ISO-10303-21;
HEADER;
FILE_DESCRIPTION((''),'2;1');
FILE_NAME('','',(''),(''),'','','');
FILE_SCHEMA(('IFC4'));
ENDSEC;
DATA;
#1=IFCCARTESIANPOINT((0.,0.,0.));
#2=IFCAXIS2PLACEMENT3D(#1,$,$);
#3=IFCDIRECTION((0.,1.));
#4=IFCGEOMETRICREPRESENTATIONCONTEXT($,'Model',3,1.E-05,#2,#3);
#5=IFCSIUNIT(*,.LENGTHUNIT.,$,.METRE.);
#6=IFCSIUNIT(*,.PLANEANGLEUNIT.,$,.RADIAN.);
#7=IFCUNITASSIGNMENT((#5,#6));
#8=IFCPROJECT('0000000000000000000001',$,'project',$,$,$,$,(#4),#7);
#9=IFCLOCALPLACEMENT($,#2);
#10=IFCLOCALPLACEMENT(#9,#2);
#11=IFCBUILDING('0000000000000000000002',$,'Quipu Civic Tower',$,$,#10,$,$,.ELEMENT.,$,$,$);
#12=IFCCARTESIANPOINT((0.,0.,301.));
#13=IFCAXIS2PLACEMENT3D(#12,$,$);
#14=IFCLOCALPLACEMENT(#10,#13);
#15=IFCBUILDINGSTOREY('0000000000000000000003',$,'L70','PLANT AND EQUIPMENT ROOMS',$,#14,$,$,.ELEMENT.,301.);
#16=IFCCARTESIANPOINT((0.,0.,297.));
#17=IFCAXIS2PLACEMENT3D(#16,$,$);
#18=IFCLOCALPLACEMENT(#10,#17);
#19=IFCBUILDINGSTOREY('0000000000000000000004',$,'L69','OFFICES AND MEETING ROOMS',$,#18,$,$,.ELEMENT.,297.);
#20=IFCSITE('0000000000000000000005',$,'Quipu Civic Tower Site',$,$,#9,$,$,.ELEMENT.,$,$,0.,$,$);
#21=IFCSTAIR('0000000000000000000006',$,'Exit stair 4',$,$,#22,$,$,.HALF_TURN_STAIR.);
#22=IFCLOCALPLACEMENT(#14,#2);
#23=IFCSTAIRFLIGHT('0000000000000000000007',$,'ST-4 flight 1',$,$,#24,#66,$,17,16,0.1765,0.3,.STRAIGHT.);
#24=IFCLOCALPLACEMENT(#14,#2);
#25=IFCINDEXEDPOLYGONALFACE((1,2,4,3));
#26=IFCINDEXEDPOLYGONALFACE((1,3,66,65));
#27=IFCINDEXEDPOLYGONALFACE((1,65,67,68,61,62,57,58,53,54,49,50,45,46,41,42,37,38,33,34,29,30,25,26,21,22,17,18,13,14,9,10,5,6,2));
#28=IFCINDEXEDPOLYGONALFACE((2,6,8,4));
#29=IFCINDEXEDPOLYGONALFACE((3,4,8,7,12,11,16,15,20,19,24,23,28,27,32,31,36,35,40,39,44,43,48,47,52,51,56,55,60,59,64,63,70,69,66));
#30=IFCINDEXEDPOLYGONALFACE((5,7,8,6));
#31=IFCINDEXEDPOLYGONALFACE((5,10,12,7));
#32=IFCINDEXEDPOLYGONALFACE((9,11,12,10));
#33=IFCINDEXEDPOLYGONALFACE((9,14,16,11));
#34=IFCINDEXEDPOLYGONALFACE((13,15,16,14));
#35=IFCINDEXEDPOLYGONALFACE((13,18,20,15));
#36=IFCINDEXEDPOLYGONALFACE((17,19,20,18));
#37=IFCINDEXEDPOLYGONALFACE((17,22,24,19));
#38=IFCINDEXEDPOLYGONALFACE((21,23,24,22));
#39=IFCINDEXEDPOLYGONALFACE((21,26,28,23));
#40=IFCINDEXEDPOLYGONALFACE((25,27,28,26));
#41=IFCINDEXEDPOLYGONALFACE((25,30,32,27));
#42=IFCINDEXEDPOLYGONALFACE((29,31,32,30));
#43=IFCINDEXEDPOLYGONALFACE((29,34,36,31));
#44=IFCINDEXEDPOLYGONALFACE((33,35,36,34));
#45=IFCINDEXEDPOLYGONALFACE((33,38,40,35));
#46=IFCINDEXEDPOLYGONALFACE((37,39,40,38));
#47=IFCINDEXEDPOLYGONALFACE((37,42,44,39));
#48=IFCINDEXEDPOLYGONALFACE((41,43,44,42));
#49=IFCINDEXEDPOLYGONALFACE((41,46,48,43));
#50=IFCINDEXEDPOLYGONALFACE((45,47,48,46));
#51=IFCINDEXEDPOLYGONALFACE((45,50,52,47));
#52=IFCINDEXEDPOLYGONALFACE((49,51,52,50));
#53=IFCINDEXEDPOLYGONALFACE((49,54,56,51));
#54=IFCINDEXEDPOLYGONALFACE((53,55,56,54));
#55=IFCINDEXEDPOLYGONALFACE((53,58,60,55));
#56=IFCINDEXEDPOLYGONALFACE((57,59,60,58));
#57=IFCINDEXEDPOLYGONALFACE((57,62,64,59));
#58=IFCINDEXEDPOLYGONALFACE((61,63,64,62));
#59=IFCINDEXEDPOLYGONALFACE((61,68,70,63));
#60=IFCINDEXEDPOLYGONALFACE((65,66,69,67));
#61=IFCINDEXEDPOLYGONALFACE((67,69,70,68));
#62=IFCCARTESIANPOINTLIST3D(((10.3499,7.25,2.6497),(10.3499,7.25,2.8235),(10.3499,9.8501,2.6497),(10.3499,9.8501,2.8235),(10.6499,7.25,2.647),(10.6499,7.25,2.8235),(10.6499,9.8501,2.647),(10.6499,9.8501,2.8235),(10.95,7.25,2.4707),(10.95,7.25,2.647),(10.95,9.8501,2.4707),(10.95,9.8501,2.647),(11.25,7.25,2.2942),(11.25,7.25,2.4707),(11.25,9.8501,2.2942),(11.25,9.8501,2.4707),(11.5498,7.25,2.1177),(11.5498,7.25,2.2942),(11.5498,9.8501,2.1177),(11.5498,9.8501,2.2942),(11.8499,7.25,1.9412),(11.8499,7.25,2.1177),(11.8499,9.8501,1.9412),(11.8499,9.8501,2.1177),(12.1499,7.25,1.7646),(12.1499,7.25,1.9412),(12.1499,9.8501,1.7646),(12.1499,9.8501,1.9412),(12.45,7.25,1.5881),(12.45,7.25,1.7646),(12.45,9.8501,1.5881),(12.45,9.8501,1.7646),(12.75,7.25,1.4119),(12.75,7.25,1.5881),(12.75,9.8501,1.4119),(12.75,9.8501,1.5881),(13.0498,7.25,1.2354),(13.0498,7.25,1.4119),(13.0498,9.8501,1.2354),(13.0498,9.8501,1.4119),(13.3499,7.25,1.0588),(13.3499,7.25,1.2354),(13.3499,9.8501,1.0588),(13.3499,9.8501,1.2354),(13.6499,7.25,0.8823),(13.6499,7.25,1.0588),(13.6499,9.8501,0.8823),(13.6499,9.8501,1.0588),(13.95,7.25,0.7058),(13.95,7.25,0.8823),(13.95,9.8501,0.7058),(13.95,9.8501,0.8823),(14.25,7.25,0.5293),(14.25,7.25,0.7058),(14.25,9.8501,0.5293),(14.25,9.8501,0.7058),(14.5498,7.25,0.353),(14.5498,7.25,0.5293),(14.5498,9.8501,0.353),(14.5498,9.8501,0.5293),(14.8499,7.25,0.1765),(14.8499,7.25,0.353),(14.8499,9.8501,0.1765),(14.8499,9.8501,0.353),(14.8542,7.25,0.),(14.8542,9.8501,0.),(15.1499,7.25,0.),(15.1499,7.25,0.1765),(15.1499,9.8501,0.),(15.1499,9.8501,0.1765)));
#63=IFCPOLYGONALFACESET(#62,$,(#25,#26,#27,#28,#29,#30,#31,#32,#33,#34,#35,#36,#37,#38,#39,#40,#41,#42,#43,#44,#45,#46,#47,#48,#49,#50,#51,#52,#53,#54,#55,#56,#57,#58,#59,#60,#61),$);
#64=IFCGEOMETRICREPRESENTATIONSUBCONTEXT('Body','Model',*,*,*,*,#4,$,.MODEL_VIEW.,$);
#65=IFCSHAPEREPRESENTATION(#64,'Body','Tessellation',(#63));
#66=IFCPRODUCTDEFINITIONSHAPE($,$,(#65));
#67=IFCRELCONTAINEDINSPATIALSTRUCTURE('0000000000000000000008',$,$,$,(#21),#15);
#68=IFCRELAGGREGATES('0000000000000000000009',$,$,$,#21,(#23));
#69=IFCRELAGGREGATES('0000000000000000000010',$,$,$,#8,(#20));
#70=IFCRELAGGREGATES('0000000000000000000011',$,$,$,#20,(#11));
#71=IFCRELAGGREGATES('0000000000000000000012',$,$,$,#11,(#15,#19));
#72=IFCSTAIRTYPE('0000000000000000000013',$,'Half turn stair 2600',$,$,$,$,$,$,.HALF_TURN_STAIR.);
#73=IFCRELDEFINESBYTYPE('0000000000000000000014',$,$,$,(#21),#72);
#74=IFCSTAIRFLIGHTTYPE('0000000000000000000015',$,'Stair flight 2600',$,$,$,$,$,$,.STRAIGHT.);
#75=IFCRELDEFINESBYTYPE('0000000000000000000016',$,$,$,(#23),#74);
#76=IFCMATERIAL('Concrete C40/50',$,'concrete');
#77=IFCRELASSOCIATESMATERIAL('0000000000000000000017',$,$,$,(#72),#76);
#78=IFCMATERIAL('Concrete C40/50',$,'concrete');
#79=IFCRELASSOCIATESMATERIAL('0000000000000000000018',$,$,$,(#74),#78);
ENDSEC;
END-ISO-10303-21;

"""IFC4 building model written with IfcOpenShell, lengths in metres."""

from ifc_helpers import new_model, si_unit, direction, frame, origin, place, context, subcontext, project, spatial, polyline, outline, extrude, material, type_object, element, aggregate, save


model = new_model("IFC4")

# Units and contexts
model_context = context("Model", 3, precision=1e-05, world=origin(), true_north=direction((0.0, 1.0)))
body_context = subcontext(model_context, "Body", "Model", "MODEL_VIEW")
ifc_project = project(units=[si_unit("LENGTHUNIT", "METRE"), si_unit("PLANEANGLEUNIT", "RADIAN")], contexts=[model_context])

# Site, building, storey
site_placement = place(None, origin())
site = spatial("IfcSite", under=ifc_project, at=site_placement, Name="Quipu Civic Tower Site", CompositionType="ELEMENT", RefElevation=0.0)
building_placement = place(site_placement, origin())
building = spatial("IfcBuilding", under=site, at=building_placement, Name="Quipu Civic Tower", CompositionType="ELEMENT")
storey_1_placement = place(building_placement, frame((0.0, 0.0, 301.0)))
storey_1 = spatial("IfcBuildingStorey", under=building, at=storey_1_placement, Name="L70", Description="PLANT AND EQUIPMENT ROOMS", CompositionType="ELEMENT", Elevation=301.0)

# Shared definitions
storey_2_placement = place(building_placement, frame((0.0, 0.0, 297.0)))
storey_2 = spatial("IfcBuildingStorey", under=building, at=storey_2_placement, Name="L69", Description="OFFICES AND MEETING ROOMS", CompositionType="ELEMENT", Elevation=297.0)

# Stair, stair flight
ifc_material_1 = material(Name="Concrete C40/50", Category="concrete")
stair_type = type_object("IfcStairType", Name="Half turn stair 2600", PredefinedType="HALF_TURN_STAIR", material=ifc_material_1)
stair_placement = place(storey_1_placement, origin())
stair = element("IfcStair", 1, at=stair_placement, inside=storey_1, type_object=stair_type, Name="Exit stair 4", PredefinedType="HALF_TURN_STAIR")
ifc_material_2 = material(Name="Concrete C40/50", Category="concrete")
stair_flight_type = type_object("IfcStairFlightType", Name="Stair flight 2600", PredefinedType="STRAIGHT", material=ifc_material_2)
stair_flight_placement = place(storey_1_placement, frame((15.1499, 8.55, 0.0), z_axis=(0.0, 0.0, 1.0), x_axis=(-1.0, 0.0, 0.0)))
stair_flight = element("IfcStairFlight", 2, at=stair_flight_placement, type_object=stair_flight_type, Name="ST-4 flight 1", NumberOfRisers=17, NumberOfTreads=16, PredefinedType="STRAIGHT", RiserHeight=0.1765, TreadLength=0.3, context=body_context, shape_type="SweptSolid", body=[
    extrude(outline(polyline([(0.0, 0.0), (0.0, 0.1765), (0.3, 0.1765), (0.3, 0.353), (0.6001, 0.353), (0.6001, 0.5293), (0.8999, 0.5293), (0.8999, 0.7058), (1.2, 0.7058), (1.2, 0.8823), (1.5, 0.8823), (1.5, 1.0588), (1.8, 1.0588), (1.8, 1.2354), (2.1001, 1.2354), (2.1001, 1.4119), (2.3999, 1.4119), (2.3999, 1.5881), (2.7, 1.5881), (2.7, 1.7646), (3.0, 1.7646), (3.0, 1.9412), (3.3, 1.9412), (3.3, 2.1177), (3.6001, 2.1177), (3.6001, 2.2942), (3.8999, 2.2942), (3.8999, 2.4707), (4.2, 2.4707), (4.2, 2.647), (4.5, 2.647), (4.5, 2.8235), (4.8, 2.8235), (4.8, 3.0), (4.8, 2.6497), (0.2957, 0.0), (0.0, 0.0)])), frame((0.0, 1.3, 0.0), z_axis=(0.0, -1.0, 0.0), x_axis=(1.0, 0.0, 0.0)), (0.0, 0.0, 1.0), 2.6001),
])
aggregate(stair, [stair_flight])

save(model, "model.ifc")
